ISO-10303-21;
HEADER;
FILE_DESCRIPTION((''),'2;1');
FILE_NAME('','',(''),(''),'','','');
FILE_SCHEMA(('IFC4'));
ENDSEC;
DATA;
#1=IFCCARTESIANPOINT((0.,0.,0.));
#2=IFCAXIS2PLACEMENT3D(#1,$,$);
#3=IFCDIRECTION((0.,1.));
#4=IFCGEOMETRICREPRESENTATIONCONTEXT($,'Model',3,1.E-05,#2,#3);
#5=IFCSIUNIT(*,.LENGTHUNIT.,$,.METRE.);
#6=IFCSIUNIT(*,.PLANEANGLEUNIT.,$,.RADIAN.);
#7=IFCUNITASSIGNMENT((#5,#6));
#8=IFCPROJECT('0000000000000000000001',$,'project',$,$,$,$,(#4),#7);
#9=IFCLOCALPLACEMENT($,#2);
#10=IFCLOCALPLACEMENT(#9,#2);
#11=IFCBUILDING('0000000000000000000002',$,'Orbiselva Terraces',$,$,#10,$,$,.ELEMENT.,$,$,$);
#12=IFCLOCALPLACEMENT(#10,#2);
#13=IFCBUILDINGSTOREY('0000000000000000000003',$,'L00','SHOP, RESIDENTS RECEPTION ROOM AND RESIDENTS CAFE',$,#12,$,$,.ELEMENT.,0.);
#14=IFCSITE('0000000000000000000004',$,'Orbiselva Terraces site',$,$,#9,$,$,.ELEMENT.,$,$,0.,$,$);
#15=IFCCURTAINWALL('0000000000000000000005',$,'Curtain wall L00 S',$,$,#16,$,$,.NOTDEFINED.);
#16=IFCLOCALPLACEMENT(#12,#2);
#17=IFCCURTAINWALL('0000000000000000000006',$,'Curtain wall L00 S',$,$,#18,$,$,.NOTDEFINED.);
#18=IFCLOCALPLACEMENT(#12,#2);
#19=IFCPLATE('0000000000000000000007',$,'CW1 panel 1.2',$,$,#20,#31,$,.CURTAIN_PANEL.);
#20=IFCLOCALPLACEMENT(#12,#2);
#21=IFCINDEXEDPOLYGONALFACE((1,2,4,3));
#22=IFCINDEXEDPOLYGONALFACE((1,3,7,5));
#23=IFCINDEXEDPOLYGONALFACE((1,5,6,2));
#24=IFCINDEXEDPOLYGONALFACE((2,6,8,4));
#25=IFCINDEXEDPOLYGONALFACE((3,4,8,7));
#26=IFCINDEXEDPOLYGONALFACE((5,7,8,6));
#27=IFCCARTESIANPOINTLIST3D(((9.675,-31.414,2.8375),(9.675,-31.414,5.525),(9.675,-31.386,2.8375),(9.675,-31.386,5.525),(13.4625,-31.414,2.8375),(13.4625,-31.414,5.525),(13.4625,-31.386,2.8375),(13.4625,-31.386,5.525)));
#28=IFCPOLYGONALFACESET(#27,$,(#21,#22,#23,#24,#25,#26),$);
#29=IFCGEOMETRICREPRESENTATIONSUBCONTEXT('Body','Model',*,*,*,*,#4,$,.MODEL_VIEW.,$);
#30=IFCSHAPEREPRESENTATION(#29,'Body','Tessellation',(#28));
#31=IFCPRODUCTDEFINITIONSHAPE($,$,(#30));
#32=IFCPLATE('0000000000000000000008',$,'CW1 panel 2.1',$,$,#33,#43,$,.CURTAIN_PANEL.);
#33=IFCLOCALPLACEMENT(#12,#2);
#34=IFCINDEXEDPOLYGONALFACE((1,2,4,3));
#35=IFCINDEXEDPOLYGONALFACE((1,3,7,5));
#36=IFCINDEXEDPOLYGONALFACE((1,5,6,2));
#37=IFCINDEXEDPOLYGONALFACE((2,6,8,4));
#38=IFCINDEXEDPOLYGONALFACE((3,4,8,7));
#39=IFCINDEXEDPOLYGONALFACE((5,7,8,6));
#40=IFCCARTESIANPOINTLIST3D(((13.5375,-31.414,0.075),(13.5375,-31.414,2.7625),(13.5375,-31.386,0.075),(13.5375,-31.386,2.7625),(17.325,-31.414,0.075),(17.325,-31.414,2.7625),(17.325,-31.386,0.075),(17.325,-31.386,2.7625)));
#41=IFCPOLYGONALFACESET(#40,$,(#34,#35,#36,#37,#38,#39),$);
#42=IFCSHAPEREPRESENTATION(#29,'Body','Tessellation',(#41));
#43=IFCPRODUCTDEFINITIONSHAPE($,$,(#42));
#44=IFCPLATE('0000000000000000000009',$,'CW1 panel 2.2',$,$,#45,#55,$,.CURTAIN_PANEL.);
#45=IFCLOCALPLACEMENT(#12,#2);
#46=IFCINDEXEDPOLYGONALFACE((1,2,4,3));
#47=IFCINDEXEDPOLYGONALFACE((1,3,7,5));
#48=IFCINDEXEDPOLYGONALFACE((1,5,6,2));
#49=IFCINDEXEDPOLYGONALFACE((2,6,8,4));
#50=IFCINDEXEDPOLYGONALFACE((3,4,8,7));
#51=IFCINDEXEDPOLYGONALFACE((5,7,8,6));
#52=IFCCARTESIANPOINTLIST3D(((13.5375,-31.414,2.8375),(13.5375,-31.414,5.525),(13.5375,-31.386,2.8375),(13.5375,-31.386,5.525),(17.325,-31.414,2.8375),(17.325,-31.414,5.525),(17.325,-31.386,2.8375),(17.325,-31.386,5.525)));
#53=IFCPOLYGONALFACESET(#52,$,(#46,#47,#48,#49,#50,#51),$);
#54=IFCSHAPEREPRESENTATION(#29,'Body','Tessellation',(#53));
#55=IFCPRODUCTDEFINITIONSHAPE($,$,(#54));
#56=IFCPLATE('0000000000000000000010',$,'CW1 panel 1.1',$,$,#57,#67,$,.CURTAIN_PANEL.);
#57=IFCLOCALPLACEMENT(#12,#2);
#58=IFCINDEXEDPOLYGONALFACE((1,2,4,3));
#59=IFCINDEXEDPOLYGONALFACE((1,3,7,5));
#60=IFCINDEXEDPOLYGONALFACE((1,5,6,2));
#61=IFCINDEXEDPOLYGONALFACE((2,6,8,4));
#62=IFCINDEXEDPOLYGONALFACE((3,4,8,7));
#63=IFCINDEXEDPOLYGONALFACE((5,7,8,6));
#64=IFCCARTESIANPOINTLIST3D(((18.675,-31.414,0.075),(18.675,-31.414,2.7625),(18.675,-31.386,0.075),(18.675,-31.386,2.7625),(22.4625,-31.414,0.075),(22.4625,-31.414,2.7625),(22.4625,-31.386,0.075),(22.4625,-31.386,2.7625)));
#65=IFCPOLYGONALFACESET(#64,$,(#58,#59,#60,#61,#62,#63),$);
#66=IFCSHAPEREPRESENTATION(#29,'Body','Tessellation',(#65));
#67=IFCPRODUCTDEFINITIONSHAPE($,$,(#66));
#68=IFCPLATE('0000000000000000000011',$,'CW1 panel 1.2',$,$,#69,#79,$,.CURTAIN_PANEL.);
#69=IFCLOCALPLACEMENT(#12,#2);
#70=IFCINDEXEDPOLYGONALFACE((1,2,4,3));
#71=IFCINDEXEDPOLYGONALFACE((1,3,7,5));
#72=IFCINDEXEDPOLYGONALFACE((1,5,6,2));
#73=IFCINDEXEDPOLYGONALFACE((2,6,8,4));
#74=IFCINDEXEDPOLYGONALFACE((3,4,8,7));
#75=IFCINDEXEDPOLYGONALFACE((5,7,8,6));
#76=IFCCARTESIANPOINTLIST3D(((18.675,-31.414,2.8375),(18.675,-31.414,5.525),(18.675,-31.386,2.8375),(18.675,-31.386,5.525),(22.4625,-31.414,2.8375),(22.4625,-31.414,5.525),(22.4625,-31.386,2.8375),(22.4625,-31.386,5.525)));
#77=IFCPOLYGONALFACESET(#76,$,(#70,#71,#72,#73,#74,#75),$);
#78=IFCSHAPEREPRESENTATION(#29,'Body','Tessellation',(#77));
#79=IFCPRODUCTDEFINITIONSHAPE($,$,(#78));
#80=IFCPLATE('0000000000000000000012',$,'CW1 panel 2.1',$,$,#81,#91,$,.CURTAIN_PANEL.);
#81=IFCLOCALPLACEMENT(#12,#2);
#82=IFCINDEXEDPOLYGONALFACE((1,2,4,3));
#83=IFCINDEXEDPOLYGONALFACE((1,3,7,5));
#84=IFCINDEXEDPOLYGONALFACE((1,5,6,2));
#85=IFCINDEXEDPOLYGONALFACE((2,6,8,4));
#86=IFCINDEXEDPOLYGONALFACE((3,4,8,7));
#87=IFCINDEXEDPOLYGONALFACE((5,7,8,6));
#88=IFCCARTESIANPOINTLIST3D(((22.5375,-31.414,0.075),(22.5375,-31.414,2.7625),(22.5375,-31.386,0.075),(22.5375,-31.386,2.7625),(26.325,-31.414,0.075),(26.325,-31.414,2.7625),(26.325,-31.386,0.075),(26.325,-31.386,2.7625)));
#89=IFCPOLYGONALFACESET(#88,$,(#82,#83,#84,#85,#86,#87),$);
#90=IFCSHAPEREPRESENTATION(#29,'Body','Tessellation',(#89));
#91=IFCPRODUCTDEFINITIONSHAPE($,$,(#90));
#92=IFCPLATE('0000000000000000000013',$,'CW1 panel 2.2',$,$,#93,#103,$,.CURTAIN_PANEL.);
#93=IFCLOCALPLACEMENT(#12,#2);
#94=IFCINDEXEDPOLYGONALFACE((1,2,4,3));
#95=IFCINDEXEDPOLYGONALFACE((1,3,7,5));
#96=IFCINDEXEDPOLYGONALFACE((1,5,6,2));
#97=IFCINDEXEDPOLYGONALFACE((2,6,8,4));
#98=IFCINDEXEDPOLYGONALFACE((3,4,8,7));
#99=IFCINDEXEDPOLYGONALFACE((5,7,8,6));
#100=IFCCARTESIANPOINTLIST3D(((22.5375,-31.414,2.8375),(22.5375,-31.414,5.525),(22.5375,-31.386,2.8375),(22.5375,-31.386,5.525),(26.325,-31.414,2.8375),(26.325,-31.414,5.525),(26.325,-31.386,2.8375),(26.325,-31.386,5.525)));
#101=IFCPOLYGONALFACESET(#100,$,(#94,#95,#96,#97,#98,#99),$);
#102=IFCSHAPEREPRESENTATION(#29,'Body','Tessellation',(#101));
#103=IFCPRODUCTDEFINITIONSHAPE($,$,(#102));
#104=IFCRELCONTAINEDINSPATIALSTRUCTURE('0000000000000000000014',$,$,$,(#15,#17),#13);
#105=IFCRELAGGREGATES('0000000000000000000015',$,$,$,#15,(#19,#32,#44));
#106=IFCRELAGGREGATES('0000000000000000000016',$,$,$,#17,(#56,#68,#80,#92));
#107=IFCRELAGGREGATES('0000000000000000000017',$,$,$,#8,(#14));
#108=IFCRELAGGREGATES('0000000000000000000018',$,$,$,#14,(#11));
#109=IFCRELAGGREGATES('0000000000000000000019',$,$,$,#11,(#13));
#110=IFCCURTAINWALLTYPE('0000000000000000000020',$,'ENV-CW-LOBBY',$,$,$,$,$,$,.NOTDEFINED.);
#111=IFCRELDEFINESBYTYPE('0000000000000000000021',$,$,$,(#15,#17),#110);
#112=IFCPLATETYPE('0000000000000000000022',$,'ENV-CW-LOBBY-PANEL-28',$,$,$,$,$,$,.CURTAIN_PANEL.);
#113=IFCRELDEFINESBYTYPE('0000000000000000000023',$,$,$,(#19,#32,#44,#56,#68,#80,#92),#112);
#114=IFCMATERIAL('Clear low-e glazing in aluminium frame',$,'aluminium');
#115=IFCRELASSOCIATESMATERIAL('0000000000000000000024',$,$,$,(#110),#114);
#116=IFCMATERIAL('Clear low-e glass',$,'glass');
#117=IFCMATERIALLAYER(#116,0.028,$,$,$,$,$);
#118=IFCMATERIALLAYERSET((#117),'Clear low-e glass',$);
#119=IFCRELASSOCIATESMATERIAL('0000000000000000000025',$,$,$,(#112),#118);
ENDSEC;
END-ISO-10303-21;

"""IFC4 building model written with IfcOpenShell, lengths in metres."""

from ifc_helpers import new_model, si_unit, direction, frame, origin, origin_2d, place, context, subcontext, project, spatial, rectangle, extrude, material, layer, layer_set, type_object, element, aggregate, save


model = new_model("IFC4")

# Units and contexts
model_context = context("Model", 3, precision=1e-05, world=origin(), true_north=direction((0.0, 1.0)))
body_context = subcontext(model_context, "Body", "Model", "MODEL_VIEW")
ifc_project = project(units=[si_unit("LENGTHUNIT", "METRE"), si_unit("PLANEANGLEUNIT", "RADIAN")], contexts=[model_context])

# Site, building, storey
site_placement = place(None, origin())
site = spatial("IfcSite", under=ifc_project, at=site_placement, Name="Orbiselva Terraces site", CompositionType="ELEMENT", RefElevation=0.0)
building_placement = place(site_placement, origin())
building = spatial("IfcBuilding", under=site, at=building_placement, Name="Orbiselva Terraces", CompositionType="ELEMENT")
storey_placement = place(building_placement, origin())
storey = spatial("IfcBuildingStorey", under=building, at=storey_placement, Name="L00", Description="SHOP, RESIDENTS RECEPTION ROOM AND RESIDENTS CAFE", CompositionType="ELEMENT", Elevation=0.0)

# Curtain walls
ifc_material_1 = material(Name="Clear low-e glazing in aluminium frame", Category="aluminium")
curtain_wall_type = type_object("IfcCurtainWallType", Name="ENV-CW-LOBBY", PredefinedType="NOTDEFINED", material=ifc_material_1)
curtain_wall_1_placement = place(storey_placement, origin())
curtain_wall_1 = element("IfcCurtainWall", 1, at=curtain_wall_1_placement, inside=storey, type_object=curtain_wall_type, Name="Curtain wall L00 S", PredefinedType="NOTDEFINED")
curtain_wall_2_placement = place(storey_placement, origin())
curtain_wall_2 = element("IfcCurtainWall", 2, at=curtain_wall_2_placement, inside=storey, type_object=curtain_wall_type, Name="Curtain wall L00 S", PredefinedType="NOTDEFINED")

# Plates
ifc_material_2 = material(Name="Clear low-e glass", Category="glass")
ifc_layer = layer(ifc_material_2, 0.028)
ifc_layer_set = layer_set([ifc_layer], Name="Clear low-e glass")
plate_type = type_object("IfcPlateType", Name="ENV-CW-LOBBY-PANEL-28", PredefinedType="CURTAIN_PANEL", material=ifc_layer_set)
plate_1_placement = place(storey_placement, frame((11.5687, -31.4, 2.8375), z_axis=(0.0, 0.0, 1.0), x_axis=(1.0, 0.0, 0.0)))
plate_1 = element("IfcPlate", 3, at=plate_1_placement, type_object=plate_type, Name="CW1 panel 1.2", PredefinedType="CURTAIN_PANEL", context=body_context, shape_type="SweptSolid", body=[
    extrude(rectangle(XDim=3.7875, YDim=0.028, at=origin_2d()), origin(), (0.0, 0.0, 1.0), 2.6875),
])
plate_2_placement = place(storey_placement, frame((15.4313, -31.4, 0.075), z_axis=(0.0, 0.0, 1.0), x_axis=(1.0, 0.0, 0.0)))
plate_2 = element("IfcPlate", 4, at=plate_2_placement, type_object=plate_type, Name="CW1 panel 2.1", PredefinedType="CURTAIN_PANEL", context=body_context, shape_type="SweptSolid", body=[
    extrude(rectangle(XDim=3.7875, YDim=0.028, at=origin_2d()), origin(), (0.0, 0.0, 1.0), 2.6875),
])
plate_3_placement = place(storey_placement, frame((15.4313, -31.4, 2.8375), z_axis=(0.0, 0.0, 1.0), x_axis=(1.0, 0.0, 0.0)))
plate_3 = element("IfcPlate", 5, at=plate_3_placement, type_object=plate_type, Name="CW1 panel 2.2", PredefinedType="CURTAIN_PANEL", context=body_context, shape_type="SweptSolid", body=[
    extrude(rectangle(XDim=3.7875, YDim=0.028, at=origin_2d()), origin(), (0.0, 0.0, 1.0), 2.6875),
])
aggregate(curtain_wall_1, [plate_1, plate_2, plate_3])
plate_4_placement = place(storey_placement, frame((20.5688, -31.4, 0.075), z_axis=(0.0, 0.0, 1.0), x_axis=(1.0, 0.0, 0.0)))
plate_4 = element("IfcPlate", 6, at=plate_4_placement, type_object=plate_type, Name="CW1 panel 1.1", PredefinedType="CURTAIN_PANEL", context=body_context, shape_type="SweptSolid", body=[
    extrude(rectangle(XDim=3.7875, YDim=0.028, at=origin_2d()), origin(), (0.0, 0.0, 1.0), 2.6875),
])
plate_5_placement = place(storey_placement, frame((20.5688, -31.4, 2.8375), z_axis=(0.0, 0.0, 1.0), x_axis=(1.0, 0.0, 0.0)))
plate_5 = element("IfcPlate", 7, at=plate_5_placement, type_object=plate_type, Name="CW1 panel 1.2", PredefinedType="CURTAIN_PANEL", context=body_context, shape_type="SweptSolid", body=[
    extrude(rectangle(XDim=3.7875, YDim=0.028, at=origin_2d()), origin(), (0.0, 0.0, 1.0), 2.6875),
])
plate_6_placement = place(storey_placement, frame((24.4312, -31.4, 0.075), z_axis=(0.0, 0.0, 1.0), x_axis=(1.0, 0.0, 0.0)))
plate_6 = element("IfcPlate", 8, at=plate_6_placement, type_object=plate_type, Name="CW1 panel 2.1", PredefinedType="CURTAIN_PANEL", context=body_context, shape_type="SweptSolid", body=[
    extrude(rectangle(XDim=3.7875, YDim=0.028, at=origin_2d()), origin(), (0.0, 0.0, 1.0), 2.6875),
])
plate_7_placement = place(storey_placement, frame((24.4312, -31.4, 2.8375), z_axis=(0.0, 0.0, 1.0), x_axis=(1.0, 0.0, 0.0)))
plate_7 = element("IfcPlate", 9, at=plate_7_placement, type_object=plate_type, Name="CW1 panel 2.2", PredefinedType="CURTAIN_PANEL", context=body_context, shape_type="SweptSolid", body=[
    extrude(rectangle(XDim=3.7875, YDim=0.028, at=origin_2d()), origin(), (0.0, 0.0, 1.0), 2.6875),
])
aggregate(curtain_wall_2, [plate_4, plate_5, plate_6, plate_7])

save(model, "model.ifc")
